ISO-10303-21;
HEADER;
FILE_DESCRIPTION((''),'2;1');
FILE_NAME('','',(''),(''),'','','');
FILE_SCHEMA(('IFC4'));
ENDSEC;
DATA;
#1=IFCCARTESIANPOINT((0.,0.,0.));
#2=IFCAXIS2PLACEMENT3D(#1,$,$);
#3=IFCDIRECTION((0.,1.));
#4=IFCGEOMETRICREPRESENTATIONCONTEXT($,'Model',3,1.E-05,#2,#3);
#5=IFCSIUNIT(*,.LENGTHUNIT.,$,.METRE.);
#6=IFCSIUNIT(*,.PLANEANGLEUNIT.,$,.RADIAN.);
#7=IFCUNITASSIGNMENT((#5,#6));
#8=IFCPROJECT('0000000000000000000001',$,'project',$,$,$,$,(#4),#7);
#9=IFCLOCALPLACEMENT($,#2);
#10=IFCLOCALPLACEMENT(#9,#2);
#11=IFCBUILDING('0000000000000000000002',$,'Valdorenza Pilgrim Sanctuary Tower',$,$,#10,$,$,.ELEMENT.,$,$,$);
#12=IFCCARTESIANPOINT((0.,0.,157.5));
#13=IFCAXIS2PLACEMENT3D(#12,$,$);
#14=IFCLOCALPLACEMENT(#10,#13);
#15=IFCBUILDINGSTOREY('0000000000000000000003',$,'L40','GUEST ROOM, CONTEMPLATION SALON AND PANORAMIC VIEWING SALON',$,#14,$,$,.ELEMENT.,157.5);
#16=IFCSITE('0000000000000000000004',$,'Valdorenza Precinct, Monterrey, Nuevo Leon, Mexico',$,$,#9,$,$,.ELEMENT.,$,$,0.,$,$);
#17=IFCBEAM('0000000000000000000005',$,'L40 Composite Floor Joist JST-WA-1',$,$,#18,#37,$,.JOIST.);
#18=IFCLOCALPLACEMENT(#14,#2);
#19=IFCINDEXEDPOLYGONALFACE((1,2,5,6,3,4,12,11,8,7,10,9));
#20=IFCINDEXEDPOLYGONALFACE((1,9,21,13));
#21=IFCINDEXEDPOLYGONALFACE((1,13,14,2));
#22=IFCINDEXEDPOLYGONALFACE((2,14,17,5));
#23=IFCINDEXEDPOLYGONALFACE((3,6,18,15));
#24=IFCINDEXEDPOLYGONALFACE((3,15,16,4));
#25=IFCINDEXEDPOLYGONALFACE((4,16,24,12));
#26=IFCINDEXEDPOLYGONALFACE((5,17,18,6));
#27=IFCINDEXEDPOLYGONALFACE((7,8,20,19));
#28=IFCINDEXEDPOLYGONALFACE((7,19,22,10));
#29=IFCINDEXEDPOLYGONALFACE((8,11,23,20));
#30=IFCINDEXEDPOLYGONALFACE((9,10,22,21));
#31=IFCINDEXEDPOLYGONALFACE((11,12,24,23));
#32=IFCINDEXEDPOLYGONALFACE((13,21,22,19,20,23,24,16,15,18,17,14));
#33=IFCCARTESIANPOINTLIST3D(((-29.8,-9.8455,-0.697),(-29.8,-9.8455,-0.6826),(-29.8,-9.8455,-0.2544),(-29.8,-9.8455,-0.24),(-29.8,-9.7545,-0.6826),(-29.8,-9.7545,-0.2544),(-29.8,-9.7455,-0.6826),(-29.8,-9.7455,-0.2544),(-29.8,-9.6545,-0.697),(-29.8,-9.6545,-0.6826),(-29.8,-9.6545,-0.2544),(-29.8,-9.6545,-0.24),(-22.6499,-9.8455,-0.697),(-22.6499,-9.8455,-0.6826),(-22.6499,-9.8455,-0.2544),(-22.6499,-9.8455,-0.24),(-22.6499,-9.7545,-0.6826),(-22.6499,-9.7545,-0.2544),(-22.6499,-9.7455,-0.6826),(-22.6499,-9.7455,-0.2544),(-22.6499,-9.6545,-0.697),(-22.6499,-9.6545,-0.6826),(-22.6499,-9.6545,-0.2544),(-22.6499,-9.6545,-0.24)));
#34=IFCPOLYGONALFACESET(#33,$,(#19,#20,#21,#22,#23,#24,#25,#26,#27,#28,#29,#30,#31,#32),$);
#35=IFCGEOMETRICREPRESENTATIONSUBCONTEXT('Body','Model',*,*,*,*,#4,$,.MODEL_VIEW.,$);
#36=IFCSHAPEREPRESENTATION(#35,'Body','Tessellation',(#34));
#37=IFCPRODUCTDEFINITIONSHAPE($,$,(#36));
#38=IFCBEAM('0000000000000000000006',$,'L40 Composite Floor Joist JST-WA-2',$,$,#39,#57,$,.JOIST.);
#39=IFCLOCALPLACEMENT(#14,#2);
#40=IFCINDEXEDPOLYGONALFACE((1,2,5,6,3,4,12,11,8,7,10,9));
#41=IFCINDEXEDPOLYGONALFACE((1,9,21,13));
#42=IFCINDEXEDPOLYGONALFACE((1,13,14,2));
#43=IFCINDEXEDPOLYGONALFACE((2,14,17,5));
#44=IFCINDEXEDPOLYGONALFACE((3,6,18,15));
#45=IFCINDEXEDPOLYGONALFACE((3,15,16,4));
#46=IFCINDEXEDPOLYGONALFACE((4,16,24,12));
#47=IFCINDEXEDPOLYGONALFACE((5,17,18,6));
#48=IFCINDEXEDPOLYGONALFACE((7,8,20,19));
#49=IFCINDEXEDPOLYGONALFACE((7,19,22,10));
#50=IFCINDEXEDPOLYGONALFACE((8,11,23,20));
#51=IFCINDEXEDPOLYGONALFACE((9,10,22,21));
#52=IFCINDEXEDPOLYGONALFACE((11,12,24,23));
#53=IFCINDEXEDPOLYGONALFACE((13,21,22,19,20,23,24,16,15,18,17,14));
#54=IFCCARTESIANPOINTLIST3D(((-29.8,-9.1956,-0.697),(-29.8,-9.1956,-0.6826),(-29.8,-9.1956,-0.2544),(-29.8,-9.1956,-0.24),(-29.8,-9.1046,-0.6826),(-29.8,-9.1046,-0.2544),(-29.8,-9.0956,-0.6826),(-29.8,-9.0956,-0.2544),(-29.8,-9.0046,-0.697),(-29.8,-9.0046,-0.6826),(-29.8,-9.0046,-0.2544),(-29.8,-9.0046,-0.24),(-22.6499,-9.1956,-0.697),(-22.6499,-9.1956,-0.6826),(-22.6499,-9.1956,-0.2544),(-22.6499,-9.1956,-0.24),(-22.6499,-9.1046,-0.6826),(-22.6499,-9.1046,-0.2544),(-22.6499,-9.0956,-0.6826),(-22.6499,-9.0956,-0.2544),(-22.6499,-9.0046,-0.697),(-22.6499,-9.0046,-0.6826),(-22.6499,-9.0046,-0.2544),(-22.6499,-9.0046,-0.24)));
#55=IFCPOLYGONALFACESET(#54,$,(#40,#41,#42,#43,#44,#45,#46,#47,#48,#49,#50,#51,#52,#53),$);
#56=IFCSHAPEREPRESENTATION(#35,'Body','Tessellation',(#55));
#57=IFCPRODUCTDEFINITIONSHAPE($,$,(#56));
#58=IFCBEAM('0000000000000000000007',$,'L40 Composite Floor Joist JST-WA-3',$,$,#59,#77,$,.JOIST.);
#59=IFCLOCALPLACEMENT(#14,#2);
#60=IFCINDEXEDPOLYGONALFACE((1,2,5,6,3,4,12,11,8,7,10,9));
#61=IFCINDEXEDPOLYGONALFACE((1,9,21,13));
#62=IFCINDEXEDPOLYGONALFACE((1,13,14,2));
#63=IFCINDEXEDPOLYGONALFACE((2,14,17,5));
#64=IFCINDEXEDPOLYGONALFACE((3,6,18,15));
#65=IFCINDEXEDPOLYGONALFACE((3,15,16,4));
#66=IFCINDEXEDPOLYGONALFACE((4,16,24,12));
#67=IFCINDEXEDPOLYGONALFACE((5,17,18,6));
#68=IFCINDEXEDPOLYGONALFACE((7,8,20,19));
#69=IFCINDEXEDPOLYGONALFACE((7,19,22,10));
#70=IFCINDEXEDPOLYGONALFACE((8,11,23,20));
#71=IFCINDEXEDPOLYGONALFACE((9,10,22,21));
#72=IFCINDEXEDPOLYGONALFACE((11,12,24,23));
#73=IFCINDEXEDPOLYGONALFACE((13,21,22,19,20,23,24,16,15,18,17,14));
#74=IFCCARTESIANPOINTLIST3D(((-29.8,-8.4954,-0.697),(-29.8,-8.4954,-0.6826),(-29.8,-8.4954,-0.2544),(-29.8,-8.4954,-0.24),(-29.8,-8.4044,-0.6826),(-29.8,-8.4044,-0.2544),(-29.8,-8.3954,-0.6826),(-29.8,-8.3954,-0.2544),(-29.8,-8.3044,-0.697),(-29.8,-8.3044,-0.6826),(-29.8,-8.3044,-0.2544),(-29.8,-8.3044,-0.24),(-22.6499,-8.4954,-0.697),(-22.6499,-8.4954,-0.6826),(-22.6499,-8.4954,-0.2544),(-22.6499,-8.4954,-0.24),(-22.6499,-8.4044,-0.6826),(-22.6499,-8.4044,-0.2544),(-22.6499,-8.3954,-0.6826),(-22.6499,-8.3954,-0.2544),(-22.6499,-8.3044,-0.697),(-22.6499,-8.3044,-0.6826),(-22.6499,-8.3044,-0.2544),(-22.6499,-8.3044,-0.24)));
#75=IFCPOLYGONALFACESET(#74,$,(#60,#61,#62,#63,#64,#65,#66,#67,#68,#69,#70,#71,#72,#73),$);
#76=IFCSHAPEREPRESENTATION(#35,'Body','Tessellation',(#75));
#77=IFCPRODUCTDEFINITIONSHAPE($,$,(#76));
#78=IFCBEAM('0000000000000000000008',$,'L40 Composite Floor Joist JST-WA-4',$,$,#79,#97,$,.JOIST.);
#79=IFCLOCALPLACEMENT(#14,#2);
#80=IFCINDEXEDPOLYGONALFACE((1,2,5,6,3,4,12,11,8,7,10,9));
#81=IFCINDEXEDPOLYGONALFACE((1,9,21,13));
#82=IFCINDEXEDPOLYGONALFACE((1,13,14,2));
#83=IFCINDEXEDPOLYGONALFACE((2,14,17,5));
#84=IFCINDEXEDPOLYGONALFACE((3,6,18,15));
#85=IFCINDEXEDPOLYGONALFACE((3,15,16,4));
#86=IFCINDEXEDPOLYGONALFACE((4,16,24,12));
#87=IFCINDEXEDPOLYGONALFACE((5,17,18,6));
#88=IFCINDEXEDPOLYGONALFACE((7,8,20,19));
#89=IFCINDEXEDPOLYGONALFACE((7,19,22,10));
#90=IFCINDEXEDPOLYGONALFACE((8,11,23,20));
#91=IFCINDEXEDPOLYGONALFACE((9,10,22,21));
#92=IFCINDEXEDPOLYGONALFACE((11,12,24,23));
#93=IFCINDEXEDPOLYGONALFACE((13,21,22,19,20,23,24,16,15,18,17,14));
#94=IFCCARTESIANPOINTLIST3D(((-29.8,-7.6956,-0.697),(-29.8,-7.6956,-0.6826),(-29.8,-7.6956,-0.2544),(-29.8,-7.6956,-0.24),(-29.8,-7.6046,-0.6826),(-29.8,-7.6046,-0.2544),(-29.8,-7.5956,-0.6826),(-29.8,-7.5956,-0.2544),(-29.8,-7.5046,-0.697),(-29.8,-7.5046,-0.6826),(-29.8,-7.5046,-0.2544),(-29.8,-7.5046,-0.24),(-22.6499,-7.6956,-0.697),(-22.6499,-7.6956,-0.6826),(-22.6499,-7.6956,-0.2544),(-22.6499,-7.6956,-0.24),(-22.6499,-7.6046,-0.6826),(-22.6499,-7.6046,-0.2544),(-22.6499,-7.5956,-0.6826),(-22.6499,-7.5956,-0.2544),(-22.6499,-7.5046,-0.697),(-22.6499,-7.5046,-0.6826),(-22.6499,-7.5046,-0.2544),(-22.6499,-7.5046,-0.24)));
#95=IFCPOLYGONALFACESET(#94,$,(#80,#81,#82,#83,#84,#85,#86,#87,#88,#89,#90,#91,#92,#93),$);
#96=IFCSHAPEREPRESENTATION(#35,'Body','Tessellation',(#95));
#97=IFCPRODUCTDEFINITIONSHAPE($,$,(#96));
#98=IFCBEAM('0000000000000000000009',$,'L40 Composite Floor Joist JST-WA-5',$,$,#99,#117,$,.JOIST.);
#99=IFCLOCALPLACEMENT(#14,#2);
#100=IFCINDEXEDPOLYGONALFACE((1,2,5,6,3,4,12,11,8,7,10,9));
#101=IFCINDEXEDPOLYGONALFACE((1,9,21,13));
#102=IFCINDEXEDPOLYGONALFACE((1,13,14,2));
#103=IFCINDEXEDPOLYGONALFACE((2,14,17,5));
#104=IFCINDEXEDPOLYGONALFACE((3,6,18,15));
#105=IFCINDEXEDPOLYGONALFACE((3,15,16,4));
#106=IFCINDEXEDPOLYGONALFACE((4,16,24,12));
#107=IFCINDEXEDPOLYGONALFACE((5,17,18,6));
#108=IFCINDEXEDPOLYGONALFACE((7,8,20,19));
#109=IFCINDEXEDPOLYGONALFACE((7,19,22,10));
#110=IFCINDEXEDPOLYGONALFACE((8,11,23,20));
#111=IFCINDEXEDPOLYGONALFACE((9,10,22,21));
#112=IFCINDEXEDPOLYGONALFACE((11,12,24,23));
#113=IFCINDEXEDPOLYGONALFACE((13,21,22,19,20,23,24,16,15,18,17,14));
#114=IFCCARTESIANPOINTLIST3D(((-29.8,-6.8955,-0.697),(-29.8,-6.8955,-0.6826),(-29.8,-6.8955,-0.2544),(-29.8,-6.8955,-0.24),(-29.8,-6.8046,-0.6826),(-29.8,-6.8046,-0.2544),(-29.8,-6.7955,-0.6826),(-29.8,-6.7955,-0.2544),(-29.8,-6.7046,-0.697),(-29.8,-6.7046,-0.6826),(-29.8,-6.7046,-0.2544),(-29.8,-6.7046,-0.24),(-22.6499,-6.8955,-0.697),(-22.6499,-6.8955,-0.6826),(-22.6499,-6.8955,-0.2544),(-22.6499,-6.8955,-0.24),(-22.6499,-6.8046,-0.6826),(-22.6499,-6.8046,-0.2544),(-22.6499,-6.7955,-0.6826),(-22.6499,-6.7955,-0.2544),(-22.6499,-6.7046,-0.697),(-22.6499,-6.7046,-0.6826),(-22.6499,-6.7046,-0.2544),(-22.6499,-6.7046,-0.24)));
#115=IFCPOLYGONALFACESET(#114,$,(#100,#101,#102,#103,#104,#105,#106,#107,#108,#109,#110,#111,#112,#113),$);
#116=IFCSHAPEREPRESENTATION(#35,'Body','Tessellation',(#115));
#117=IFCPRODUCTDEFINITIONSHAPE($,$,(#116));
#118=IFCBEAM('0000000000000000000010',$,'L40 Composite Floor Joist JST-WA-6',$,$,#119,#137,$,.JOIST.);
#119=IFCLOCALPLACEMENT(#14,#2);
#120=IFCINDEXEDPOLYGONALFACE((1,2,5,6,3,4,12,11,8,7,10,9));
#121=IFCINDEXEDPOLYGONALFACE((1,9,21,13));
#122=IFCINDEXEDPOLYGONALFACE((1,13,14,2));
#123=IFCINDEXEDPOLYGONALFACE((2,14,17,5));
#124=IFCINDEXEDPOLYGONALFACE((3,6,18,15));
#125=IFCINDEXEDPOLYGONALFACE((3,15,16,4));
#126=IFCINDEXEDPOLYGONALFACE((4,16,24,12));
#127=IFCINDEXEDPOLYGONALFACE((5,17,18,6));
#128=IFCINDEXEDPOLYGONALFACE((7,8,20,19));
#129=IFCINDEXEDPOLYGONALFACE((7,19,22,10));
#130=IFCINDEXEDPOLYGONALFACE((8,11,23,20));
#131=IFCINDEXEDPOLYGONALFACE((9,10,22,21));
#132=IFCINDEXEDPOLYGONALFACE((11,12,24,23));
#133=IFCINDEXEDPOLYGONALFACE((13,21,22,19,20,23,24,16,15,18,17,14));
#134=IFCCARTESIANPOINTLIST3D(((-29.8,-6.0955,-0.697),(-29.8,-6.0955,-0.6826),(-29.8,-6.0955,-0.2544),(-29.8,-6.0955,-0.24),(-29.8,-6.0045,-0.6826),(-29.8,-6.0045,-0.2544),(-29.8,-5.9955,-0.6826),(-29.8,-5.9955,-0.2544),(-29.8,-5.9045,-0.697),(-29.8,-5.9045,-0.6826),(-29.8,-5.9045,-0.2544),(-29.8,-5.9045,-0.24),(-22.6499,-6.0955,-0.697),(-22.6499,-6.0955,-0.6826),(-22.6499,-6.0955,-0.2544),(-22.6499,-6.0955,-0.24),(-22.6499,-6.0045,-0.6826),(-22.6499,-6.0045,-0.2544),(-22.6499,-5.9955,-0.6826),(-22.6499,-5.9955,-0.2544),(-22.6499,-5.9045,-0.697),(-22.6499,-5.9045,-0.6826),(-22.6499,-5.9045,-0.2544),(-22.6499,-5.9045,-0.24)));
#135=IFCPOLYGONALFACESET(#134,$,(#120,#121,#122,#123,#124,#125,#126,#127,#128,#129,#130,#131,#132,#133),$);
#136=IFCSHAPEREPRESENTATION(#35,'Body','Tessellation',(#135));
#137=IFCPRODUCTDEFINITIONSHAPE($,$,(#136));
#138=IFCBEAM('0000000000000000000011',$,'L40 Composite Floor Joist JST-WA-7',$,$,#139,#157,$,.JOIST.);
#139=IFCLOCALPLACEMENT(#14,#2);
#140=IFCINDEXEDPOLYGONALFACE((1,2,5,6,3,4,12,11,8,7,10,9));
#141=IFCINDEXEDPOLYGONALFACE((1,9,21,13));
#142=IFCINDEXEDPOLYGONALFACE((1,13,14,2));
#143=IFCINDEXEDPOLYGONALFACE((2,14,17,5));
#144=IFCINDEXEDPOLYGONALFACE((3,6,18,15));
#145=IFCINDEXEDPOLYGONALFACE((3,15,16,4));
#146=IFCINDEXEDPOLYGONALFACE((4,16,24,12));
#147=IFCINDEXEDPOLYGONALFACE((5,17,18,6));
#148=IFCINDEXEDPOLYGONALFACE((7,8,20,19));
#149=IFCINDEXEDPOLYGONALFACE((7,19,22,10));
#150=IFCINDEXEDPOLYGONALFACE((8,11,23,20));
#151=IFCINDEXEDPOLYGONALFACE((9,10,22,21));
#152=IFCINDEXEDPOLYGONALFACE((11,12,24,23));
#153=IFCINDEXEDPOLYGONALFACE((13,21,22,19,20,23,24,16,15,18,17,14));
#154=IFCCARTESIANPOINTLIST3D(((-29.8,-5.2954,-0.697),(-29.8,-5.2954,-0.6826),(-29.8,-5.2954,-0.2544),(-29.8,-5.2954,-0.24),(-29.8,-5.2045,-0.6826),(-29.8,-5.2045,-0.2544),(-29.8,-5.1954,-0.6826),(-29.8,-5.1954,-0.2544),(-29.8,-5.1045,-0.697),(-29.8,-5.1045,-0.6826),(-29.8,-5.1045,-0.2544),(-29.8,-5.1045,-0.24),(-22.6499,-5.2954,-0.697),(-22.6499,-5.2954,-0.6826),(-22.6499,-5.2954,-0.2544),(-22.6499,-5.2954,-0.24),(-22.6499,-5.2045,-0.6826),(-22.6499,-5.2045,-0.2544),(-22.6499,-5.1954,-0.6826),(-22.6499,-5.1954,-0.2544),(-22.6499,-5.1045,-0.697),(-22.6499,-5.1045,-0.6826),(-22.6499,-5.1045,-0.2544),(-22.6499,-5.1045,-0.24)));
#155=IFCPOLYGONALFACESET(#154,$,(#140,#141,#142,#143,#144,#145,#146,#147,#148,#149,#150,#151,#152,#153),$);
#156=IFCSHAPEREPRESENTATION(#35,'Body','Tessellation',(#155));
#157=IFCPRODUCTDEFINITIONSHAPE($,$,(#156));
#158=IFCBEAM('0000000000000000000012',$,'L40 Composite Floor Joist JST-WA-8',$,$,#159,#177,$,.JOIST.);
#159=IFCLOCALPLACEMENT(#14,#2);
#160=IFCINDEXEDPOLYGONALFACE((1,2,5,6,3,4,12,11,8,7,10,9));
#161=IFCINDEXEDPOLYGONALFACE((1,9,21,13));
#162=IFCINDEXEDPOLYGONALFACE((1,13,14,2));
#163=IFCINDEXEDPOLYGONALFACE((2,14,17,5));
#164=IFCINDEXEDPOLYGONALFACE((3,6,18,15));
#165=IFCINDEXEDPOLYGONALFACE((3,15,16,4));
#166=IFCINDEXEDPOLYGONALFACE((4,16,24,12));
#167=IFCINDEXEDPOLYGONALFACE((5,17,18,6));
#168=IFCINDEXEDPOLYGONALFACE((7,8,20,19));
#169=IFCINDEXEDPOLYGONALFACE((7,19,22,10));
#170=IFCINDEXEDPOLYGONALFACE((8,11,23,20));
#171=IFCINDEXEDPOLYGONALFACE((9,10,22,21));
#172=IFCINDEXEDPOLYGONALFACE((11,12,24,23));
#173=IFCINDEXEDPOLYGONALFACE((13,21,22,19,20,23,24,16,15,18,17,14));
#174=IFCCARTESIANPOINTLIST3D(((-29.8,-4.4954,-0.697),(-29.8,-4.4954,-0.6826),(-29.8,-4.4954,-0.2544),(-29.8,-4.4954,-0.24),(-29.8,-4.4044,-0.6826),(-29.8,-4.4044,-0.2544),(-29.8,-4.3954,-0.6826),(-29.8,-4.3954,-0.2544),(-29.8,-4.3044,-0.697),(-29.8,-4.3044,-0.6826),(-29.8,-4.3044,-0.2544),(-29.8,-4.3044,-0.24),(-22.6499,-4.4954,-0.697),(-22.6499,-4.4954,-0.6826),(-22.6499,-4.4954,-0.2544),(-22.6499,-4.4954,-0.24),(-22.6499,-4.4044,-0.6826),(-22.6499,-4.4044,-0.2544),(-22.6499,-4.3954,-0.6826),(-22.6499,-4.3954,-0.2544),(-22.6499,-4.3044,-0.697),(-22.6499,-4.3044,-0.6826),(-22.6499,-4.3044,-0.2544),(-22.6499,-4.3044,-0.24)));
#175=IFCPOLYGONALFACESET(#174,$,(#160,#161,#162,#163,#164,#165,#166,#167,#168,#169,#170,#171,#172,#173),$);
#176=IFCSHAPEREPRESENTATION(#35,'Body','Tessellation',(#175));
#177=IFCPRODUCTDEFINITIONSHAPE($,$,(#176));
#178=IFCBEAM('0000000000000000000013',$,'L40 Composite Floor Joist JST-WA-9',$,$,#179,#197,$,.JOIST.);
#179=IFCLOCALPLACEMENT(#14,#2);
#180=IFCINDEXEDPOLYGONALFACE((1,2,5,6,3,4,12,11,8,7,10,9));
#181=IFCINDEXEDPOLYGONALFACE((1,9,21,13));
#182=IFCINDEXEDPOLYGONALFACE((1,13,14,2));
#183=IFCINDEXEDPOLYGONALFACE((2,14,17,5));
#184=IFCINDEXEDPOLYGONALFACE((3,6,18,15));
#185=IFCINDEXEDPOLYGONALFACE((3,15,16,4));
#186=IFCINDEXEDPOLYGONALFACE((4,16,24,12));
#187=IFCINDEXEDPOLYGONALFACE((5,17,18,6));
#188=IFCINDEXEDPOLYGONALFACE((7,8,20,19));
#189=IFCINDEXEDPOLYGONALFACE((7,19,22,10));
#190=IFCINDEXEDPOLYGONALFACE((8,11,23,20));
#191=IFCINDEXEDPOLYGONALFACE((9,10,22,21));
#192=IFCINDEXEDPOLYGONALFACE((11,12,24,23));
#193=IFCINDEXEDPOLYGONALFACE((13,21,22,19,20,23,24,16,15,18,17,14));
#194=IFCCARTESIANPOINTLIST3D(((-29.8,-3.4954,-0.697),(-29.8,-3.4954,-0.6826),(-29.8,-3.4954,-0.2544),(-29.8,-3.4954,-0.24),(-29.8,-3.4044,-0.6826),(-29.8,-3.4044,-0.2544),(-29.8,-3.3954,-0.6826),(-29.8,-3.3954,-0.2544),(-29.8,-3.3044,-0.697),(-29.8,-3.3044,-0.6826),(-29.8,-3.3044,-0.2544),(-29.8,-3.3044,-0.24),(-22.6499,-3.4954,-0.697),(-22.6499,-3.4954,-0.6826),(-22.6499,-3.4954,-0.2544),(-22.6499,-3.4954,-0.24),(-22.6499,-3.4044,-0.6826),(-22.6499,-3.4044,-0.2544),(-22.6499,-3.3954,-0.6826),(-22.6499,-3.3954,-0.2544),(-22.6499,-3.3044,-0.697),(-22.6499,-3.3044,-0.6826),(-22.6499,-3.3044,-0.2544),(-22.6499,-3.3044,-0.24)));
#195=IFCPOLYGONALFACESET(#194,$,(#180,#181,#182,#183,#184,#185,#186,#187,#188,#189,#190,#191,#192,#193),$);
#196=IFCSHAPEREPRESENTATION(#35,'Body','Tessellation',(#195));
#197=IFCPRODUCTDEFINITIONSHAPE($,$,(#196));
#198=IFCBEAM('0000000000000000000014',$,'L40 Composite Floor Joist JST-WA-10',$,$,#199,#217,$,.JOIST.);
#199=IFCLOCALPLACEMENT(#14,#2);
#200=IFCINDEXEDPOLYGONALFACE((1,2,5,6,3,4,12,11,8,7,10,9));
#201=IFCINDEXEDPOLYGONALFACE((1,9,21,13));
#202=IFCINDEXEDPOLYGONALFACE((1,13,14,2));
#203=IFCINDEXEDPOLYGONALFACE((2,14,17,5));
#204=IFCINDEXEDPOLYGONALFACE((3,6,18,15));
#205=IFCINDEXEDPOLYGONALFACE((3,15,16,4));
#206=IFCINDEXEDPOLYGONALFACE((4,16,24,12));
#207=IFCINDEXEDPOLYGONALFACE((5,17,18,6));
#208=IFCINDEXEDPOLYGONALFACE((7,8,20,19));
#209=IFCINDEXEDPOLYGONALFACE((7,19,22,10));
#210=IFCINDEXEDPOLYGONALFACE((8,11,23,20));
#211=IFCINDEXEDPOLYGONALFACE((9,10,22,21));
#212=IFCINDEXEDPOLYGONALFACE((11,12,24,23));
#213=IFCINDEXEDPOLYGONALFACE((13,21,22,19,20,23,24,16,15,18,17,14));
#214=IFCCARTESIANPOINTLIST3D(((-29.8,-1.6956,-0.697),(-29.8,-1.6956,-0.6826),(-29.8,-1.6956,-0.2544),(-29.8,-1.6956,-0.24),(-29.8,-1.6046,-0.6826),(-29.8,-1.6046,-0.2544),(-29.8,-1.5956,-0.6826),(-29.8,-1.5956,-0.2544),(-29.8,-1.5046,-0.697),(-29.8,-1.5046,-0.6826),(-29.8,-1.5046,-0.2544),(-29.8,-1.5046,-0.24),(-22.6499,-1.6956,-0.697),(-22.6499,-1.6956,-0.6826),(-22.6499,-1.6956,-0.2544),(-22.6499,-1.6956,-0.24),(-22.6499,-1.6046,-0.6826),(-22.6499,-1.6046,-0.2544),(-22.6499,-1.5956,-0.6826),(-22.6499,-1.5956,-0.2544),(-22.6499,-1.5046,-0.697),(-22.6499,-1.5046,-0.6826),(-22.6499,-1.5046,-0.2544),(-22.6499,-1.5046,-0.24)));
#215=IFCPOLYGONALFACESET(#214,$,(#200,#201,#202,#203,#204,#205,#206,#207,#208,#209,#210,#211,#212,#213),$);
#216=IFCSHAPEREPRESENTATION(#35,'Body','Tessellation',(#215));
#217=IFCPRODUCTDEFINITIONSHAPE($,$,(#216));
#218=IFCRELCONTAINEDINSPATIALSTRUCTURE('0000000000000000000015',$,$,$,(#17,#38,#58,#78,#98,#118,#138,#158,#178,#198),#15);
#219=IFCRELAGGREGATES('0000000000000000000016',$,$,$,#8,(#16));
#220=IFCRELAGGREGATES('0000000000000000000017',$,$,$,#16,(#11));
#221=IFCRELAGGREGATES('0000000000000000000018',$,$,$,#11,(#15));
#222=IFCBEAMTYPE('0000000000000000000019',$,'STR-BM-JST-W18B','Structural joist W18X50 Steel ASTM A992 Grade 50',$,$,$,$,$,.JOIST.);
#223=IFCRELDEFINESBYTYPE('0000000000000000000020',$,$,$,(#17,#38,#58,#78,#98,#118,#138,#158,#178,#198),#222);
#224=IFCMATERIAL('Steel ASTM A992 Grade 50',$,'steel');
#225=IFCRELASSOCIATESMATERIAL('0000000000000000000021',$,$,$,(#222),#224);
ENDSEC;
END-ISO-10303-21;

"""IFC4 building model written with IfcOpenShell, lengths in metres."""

from ifc_helpers import new_model, si_unit, direction, frame, origin, origin_2d, place, context, subcontext, project, spatial, i_section, extrude, source, transform, mapped, material, material_profile, profile_set, type_object, element, save


model = new_model("IFC4")

# Units and contexts
model_context = context("Model", 3, precision=1e-05, world=origin(), true_north=direction((0.0, 1.0)))
body_context = subcontext(model_context, "Body", "Model", "MODEL_VIEW")
ifc_project = project(units=[si_unit("LENGTHUNIT", "METRE"), si_unit("PLANEANGLEUNIT", "RADIAN")], contexts=[model_context])

# Site, building, storey
site_placement = place(None, origin())
site = spatial("IfcSite", under=ifc_project, at=site_placement, Name="Valdorenza Precinct, Monterrey, Nuevo Leon, Mexico", CompositionType="ELEMENT", RefElevation=0.0)
building_placement = place(site_placement, origin())
building = spatial("IfcBuilding", under=site, at=building_placement, Name="Valdorenza Pilgrim Sanctuary Tower", CompositionType="ELEMENT")
storey_placement = place(building_placement, frame((0.0, 0.0, 157.5)))
storey = spatial("IfcBuildingStorey", under=building, at=storey_placement, Name="L40", Description="GUEST ROOM, CONTEMPLATION SALON AND PANORAMIC VIEWING SALON", CompositionType="ELEMENT", Elevation=157.5)

# Beams
ifc_material_1 = material(Name="Steel ASTM A992 Grade 50", Category="steel")
ifc_material_profile_1 = material_profile(ifc_material_1, i_section(OverallWidth=0.1909, OverallDepth=0.457, WebThickness=0.009, FlangeThickness=0.0144, at=origin_2d()), Name="W18X50")
ifc_profile_set_1 = profile_set([ifc_material_profile_1], Name="Steel ASTM A992 Grade 50")
beam_type_1 = type_object("IfcBeamType", Name="STR-BM-JST-W18B", Description="Structural joist W18X50 Steel ASTM A992 Grade 50", PredefinedType="JOIST", material=ifc_profile_set_1)
shared_shape_1 = source(origin(), body_context, "Body", "SweptSolid", [
    extrude(i_section(OverallWidth=0.1909, OverallDepth=0.457, WebThickness=0.009, FlangeThickness=0.0144, at=origin_2d()), origin(), (0.0, 0.0, 1.0), 7.1501),
])
for number, where, z_axis, x_axis, name in (
    (1, (-29.8, -9.75, -0.4685), (1.0, 0.0, 0.0), (0.0, 1.0, 0.0), "L40 Composite Floor Joist JST-WA-1"),
    (2, (-29.8, -9.1001, -0.4685), (1.0, 0.0, 0.0), (0.0, 1.0, 0.0), "L40 Composite Floor Joist JST-WA-2"),
    (3, (-29.8, -8.3999, -0.4685), (1.0, 0.0, 0.0), (0.0, 1.0, 0.0), "L40 Composite Floor Joist JST-WA-3"),
    (4, (-29.8, -7.6001, -0.4685), (1.0, 0.0, 0.0), (0.0, 1.0, 0.0), "L40 Composite Floor Joist JST-WA-4"),
    (5, (-29.8, -6.8, -0.4685), (1.0, 0.0, 0.0), (0.0, 1.0, 0.0), "L40 Composite Floor Joist JST-WA-5"),
    (6, (-29.8, -6.0, -0.4685), (1.0, 0.0, 0.0), (0.0, 1.0, 0.0), "L40 Composite Floor Joist JST-WA-6"),
    (7, (-29.8, -5.2, -0.4685), (1.0, 0.0, 0.0), (0.0, 1.0, 0.0), "L40 Composite Floor Joist JST-WA-7"),
    (8, (-29.8, -4.3999, -0.4685), (1.0, 0.0, 0.0), (0.0, 1.0, 0.0), "L40 Composite Floor Joist JST-WA-8"),
    (9, (-29.8, -3.3999, -0.4685), (1.0, 0.0, 0.0), (0.0, 1.0, 0.0), "L40 Composite Floor Joist JST-WA-9"),
    (10, (-29.8, -1.6001, -0.4685), (1.0, 0.0, 0.0), (0.0, 1.0, 0.0), "L40 Composite Floor Joist JST-WA-10"),
):
    element("IfcBeam", number, at=place(storey_placement, frame(where, z_axis=z_axis, x_axis=x_axis)), inside=storey, type_object=beam_type_1, Name=name, PredefinedType="JOIST", context=body_context, shape_type="MappedRepresentation", body=[
        mapped(shared_shape_1, transform((0.0, 0.0, 0.0), x_axis=(1.0, 0.0, 0.0), y_axis=(0.0, 1.0, 0.0), z_axis=(0.0, 0.0, 1.0), scale=1.0)),
    ])

save(model, "model.ifc")
